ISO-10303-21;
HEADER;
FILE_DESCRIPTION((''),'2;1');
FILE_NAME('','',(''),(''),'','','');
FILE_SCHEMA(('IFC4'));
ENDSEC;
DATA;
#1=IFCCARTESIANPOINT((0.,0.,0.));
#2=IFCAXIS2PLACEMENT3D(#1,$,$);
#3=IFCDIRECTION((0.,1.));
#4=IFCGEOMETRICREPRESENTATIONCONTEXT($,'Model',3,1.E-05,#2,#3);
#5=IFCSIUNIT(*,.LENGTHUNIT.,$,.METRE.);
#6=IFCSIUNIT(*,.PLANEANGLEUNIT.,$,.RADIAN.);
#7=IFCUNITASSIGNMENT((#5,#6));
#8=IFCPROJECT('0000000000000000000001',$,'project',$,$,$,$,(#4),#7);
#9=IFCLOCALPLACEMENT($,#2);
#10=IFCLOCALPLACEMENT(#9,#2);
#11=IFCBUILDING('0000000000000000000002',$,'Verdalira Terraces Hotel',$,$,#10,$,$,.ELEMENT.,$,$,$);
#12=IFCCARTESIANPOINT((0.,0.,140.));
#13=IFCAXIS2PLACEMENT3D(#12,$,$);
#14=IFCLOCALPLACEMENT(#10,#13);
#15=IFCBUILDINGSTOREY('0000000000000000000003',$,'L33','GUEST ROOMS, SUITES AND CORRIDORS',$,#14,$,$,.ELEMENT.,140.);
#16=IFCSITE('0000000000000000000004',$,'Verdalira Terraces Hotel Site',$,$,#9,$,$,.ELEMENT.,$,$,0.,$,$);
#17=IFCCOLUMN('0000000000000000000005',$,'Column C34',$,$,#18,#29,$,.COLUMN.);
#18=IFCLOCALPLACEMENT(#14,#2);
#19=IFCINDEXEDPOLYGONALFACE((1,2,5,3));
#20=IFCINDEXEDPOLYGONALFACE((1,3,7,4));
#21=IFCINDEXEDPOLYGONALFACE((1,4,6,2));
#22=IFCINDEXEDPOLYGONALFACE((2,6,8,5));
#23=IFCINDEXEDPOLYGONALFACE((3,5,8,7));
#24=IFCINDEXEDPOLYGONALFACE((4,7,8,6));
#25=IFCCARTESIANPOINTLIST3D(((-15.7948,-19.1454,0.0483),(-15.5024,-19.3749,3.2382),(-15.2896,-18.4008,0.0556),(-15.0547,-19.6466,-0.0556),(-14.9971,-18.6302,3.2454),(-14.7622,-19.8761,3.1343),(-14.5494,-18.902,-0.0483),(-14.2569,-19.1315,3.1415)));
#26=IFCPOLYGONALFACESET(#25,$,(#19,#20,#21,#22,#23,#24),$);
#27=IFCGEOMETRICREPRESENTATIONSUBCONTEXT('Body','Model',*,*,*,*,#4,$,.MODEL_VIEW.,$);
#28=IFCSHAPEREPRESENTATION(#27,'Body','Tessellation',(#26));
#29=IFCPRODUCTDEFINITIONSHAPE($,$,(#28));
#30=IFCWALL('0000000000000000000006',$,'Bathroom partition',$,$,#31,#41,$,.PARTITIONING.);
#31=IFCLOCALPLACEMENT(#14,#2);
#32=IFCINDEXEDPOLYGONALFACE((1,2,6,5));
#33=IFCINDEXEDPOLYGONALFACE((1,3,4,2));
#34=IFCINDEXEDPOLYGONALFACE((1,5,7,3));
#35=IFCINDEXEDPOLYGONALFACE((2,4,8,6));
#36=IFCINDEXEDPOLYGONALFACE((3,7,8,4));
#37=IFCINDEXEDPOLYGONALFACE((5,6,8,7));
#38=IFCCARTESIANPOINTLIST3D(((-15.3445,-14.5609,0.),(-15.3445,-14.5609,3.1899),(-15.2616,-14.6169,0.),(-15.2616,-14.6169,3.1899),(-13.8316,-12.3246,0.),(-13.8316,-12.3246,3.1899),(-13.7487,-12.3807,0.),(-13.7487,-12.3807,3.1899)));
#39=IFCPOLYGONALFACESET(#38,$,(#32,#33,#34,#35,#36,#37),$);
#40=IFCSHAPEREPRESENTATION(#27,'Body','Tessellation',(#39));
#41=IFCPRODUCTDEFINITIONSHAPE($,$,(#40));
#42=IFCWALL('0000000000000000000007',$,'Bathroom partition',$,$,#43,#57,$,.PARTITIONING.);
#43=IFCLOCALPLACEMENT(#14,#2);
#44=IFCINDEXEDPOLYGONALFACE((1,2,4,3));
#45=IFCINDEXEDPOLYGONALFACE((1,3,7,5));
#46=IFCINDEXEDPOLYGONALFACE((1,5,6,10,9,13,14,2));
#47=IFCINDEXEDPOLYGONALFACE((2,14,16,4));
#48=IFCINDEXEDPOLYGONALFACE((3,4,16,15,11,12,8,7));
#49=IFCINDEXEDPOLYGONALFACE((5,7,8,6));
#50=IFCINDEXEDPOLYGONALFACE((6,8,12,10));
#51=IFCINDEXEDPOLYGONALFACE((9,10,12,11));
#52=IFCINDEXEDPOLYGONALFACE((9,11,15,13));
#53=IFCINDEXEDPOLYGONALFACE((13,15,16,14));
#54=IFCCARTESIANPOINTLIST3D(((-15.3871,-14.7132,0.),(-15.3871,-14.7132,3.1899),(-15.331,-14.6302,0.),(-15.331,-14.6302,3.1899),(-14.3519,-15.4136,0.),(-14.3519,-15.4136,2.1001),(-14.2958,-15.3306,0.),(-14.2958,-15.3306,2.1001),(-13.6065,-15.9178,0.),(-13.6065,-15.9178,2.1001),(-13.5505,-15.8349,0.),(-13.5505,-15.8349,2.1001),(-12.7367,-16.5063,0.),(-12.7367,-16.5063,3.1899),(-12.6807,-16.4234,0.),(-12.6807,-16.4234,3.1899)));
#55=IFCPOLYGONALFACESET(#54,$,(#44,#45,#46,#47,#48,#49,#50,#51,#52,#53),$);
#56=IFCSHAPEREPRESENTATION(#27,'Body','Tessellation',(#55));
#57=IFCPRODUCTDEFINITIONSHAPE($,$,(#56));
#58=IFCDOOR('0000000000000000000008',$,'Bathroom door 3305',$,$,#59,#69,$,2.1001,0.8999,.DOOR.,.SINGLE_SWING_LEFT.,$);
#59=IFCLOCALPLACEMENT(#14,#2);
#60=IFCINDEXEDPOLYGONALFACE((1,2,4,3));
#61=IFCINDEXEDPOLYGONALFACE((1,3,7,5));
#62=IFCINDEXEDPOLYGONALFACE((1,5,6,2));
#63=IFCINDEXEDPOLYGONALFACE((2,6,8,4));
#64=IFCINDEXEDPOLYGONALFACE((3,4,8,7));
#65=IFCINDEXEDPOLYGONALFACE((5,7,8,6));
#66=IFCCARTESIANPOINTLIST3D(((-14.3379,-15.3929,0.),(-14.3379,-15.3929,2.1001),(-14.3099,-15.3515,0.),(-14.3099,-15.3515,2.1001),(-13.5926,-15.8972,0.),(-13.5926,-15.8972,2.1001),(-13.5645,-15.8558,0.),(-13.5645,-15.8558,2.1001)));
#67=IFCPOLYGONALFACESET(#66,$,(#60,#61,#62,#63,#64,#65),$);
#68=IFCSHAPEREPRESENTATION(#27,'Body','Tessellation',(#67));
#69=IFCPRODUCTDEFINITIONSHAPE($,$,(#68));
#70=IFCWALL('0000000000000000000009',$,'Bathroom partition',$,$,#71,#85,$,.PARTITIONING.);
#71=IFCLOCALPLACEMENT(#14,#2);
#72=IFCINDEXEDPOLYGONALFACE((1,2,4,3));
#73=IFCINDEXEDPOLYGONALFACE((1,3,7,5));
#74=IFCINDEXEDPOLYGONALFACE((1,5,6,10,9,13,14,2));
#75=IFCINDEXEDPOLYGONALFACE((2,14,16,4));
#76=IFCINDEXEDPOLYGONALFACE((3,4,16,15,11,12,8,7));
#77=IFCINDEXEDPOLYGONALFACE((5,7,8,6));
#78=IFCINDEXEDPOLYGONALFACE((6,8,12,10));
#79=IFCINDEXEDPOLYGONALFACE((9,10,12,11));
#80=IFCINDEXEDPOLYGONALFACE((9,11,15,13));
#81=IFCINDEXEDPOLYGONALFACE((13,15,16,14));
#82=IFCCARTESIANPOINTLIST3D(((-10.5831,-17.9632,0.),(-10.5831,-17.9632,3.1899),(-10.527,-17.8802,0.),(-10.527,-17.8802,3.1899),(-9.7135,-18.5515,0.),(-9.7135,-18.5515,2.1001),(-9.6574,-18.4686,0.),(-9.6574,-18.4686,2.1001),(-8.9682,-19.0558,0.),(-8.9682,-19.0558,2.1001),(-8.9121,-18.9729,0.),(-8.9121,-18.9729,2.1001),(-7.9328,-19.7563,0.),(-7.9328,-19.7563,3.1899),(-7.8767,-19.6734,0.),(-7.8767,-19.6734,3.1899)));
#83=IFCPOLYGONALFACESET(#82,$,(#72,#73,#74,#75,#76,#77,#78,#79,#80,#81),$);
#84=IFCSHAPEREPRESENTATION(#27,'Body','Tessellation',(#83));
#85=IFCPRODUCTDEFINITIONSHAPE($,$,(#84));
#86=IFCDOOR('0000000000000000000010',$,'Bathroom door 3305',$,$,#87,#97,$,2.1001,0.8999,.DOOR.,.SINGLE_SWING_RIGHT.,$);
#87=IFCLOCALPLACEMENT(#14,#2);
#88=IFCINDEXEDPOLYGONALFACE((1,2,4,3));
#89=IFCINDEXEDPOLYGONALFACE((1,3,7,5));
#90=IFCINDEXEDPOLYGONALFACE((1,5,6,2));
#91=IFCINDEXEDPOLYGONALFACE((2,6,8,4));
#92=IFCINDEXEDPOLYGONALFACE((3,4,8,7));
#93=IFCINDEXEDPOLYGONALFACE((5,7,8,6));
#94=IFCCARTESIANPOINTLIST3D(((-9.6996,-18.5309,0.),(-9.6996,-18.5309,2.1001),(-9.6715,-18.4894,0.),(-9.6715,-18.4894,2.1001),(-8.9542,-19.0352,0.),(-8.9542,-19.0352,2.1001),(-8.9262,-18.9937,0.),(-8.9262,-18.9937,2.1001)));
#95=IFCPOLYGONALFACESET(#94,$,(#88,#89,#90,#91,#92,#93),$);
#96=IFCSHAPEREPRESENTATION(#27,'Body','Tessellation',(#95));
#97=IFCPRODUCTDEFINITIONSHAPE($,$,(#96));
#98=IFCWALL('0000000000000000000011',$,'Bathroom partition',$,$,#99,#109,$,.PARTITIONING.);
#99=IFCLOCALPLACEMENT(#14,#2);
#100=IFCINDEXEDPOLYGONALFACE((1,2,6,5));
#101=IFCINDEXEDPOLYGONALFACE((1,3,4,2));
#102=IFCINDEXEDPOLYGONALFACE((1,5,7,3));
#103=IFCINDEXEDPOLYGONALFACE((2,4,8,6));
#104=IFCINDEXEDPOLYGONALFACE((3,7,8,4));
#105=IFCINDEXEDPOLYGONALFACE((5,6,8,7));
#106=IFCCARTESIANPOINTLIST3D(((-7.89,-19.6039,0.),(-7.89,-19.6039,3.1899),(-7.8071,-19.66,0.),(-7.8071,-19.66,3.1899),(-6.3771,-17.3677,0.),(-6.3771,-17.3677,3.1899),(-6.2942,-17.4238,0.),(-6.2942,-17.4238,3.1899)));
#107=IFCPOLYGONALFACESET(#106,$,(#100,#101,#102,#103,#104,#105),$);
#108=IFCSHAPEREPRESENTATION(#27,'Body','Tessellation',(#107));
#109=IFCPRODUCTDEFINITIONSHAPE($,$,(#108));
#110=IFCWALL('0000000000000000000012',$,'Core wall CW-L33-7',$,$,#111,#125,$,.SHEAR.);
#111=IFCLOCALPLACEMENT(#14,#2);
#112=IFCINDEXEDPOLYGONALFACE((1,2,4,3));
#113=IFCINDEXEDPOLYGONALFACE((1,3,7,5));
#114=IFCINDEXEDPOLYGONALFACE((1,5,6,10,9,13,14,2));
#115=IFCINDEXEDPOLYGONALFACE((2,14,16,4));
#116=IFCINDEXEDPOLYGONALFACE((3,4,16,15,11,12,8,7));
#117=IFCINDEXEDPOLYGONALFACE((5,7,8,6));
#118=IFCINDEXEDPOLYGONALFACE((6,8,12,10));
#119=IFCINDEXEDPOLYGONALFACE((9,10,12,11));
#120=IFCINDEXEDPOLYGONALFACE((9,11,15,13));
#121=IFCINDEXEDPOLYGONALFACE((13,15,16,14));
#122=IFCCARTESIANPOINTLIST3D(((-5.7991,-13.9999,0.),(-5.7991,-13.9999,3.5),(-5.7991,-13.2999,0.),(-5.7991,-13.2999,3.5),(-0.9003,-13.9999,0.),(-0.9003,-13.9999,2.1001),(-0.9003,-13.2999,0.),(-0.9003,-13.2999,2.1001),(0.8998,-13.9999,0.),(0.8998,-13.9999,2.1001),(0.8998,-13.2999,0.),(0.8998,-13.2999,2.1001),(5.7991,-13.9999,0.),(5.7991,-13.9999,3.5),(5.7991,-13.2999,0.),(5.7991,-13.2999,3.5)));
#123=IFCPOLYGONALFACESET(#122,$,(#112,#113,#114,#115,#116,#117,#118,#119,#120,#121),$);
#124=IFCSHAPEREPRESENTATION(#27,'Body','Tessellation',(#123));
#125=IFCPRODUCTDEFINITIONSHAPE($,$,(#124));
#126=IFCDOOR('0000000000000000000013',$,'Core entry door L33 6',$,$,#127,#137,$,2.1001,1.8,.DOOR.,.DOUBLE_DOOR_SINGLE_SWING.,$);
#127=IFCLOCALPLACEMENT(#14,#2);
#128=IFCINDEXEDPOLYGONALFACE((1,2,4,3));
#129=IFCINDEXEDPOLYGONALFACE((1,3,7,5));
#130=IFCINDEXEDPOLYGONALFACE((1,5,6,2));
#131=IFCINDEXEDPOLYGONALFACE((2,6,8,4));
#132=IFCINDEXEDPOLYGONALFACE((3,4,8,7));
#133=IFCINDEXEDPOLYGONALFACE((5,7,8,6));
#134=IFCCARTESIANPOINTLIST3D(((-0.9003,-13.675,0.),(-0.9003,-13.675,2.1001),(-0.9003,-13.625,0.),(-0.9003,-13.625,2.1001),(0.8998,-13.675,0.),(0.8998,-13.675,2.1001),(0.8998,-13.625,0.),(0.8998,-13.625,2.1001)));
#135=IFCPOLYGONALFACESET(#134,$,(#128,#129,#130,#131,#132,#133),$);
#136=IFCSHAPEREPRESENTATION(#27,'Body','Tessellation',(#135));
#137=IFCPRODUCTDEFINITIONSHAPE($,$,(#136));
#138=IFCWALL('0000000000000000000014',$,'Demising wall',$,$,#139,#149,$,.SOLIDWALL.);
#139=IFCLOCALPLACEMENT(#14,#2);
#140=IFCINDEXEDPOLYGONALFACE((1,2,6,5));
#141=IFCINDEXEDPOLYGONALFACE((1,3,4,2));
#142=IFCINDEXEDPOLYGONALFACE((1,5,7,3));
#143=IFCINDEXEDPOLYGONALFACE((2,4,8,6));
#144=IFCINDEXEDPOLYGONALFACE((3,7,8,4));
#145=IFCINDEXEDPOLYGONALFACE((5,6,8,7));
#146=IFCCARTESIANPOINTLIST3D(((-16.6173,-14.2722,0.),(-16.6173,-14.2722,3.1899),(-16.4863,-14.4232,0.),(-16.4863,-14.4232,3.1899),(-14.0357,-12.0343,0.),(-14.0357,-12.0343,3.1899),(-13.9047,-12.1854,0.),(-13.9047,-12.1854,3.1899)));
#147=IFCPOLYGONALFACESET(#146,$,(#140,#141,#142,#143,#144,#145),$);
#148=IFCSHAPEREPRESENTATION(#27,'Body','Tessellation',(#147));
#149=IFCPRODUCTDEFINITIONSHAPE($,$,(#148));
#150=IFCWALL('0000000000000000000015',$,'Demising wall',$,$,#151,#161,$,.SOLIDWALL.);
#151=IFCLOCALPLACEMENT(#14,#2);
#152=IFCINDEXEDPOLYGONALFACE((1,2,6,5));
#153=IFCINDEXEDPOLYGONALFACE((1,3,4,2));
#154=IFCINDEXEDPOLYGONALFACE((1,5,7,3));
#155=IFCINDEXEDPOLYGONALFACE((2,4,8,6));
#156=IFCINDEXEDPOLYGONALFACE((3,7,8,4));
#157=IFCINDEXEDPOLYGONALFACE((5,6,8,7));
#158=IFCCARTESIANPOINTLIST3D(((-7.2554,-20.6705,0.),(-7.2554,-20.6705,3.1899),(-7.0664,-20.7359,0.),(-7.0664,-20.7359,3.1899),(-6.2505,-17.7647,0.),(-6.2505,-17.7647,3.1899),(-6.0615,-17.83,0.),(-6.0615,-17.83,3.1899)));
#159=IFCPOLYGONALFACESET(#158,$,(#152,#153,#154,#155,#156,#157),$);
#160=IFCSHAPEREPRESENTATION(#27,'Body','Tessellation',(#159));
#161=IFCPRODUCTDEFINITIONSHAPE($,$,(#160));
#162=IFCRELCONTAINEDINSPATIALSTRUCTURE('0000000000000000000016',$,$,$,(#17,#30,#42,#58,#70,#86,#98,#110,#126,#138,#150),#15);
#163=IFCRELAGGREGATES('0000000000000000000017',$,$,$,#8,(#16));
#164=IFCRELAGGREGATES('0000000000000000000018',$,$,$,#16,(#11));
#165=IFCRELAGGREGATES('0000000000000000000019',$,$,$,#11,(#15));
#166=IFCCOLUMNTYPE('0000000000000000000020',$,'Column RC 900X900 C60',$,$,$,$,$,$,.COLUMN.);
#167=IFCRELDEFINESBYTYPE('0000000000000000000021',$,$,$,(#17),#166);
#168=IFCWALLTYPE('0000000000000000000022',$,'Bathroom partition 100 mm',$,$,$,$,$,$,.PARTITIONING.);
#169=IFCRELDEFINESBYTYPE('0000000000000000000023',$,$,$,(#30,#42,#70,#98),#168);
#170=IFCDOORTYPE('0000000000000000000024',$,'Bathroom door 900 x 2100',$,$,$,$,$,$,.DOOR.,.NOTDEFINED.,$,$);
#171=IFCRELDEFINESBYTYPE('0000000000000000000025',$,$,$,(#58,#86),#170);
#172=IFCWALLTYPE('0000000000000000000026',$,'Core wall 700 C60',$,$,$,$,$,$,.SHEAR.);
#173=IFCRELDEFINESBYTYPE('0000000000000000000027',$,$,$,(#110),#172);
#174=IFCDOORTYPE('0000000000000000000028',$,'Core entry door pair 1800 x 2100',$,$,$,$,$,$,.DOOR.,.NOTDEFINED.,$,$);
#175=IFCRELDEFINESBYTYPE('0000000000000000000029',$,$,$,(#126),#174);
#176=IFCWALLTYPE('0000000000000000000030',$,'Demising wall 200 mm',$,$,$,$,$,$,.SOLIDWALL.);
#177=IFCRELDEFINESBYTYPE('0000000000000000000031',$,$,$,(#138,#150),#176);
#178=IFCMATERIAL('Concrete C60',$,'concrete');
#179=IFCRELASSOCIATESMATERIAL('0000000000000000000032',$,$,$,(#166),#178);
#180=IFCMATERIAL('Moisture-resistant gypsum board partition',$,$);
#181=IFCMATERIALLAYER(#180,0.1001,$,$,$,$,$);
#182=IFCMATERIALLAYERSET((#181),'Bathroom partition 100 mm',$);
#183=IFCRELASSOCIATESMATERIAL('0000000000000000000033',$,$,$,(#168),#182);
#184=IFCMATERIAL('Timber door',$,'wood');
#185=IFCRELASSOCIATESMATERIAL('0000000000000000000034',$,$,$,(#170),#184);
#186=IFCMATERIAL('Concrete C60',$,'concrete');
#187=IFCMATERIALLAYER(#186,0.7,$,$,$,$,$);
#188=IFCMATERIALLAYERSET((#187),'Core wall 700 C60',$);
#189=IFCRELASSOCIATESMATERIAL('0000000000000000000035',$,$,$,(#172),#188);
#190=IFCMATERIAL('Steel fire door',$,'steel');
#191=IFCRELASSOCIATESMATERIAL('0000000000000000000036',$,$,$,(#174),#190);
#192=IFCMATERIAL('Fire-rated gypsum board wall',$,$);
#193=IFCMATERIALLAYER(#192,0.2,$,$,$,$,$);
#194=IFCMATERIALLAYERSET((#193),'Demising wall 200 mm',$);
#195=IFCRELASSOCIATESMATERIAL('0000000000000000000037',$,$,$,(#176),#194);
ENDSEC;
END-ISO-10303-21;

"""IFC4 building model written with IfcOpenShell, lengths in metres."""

from ifc_helpers import new_model, si_unit, direction, frame, frame_2d, origin, origin_2d, place, context, subcontext, project, spatial, rectangle, extrude, material, layer, layer_set, material_profile, profile_set, type_object, element, fill, save


model = new_model("IFC4")

# Units and contexts
model_context = context("Model", 3, precision=1e-05, world=origin(), true_north=direction((0.0, 1.0)))
body_context = subcontext(model_context, "Body", "Model", "MODEL_VIEW")
ifc_project = project(units=[si_unit("LENGTHUNIT", "METRE"), si_unit("PLANEANGLEUNIT", "RADIAN")], contexts=[model_context])

# Site, building, storey
site_placement = place(None, origin())
site = spatial("IfcSite", under=ifc_project, at=site_placement, Name="Verdalira Terraces Hotel Site", CompositionType="ELEMENT", RefElevation=0.0)
building_placement = place(site_placement, origin())
building = spatial("IfcBuilding", under=site, at=building_placement, Name="Verdalira Terraces Hotel", CompositionType="ELEMENT")
storey_placement = place(building_placement, frame((0.0, 0.0, 140.0)))
storey = spatial("IfcBuildingStorey", under=building, at=storey_placement, Name="L33", Description="GUEST ROOMS, SUITES AND CORRIDORS", CompositionType="ELEMENT", Elevation=140.0)

# Column
ifc_material_1 = material(Name="Concrete C60", Category="concrete")
ifc_material_profile = material_profile(ifc_material_1, rectangle(XDim=0.8999, YDim=0.8999, at=origin_2d()), Name="RC 900X900")
ifc_profile_set = profile_set([ifc_material_profile], Name="Concrete C60")
column_type = type_object("IfcColumnType", Name="Column RC 900X900 C60", PredefinedType="COLUMN", material=ifc_profile_set)
column_placement = place(storey_placement, frame((-15.1721, -19.0237, 0.0), z_axis=(0.091072, -0.071459, 0.993277), x_axis=(-0.561476, -0.827454, -0.008048)))
element("IfcColumn", 1, at=column_placement, inside=storey, type_object=column_type, Name="Column C34", PredefinedType="COLUMN", context=body_context, shape_type="SweptSolid", body=[
    extrude(rectangle(XDim=0.8999, YDim=0.8999, at=origin_2d()), origin(), (0.0, 0.0, 1.0), 3.2114),
])

# Wall
ifc_material_2 = material(Name="Moisture-resistant gypsum board partition")
ifc_layer_1 = layer(ifc_material_2, 0.1001)
ifc_layer_set_1 = layer_set([ifc_layer_1], Name="Bathroom partition 100 mm")
wall_type_1 = type_object("IfcWallType", Name="Bathroom partition 100 mm", PredefinedType="PARTITIONING", material=ifc_layer_set_1)
wall_1_placement = place(storey_placement, frame((-13.79, -12.3525, 0.0), z_axis=(0.0, 0.0, 1.0), x_axis=(-0.560342, -0.828261, 0.0)))
element("IfcWall", 2, at=wall_1_placement, inside=storey, type_object=wall_type_1, Name="Bathroom partition", PredefinedType="PARTITIONING", context=body_context, shape_type="SweptSolid", body=[
    extrude(rectangle(XDim=2.7, YDim=0.1001, at=frame_2d((1.3501, 0.0))), origin(), (0.0, 0.0, 1.0), 3.1899),
])

# Walls, openings, doors
wall_2_placement = place(storey_placement, frame((-15.3591, -14.6716, 0.0), z_axis=(0.0, 0.0, 1.0), x_axis=(0.82824, -0.560374, 0.0)))
wall_2 = element("IfcWall", 3, at=wall_2_placement, inside=storey, type_object=wall_type_1, Name="Bathroom partition", PredefinedType="PARTITIONING", context=body_context, shape_type="SweptSolid", body=[
    extrude(rectangle(XDim=3.2, YDim=0.1001, at=frame_2d((1.6001, 0.0))), origin(), (0.0, 0.0, 1.0), 3.1899),
])
opening_1_placement = place(wall_2_placement, frame((1.25, 0.0, 0.0)))
opening_1 = element("IfcOpeningElement", 4, at=opening_1_placement, cuts=wall_2, PredefinedType="OPENING", context=body_context, shape_type="SweptSolid", body=[
    extrude(rectangle(XDim=0.8999, YDim=2.1001, at=frame_2d((0.45, 1.05))), frame((0.0, 0.0601, 0.0), z_axis=(0.0, -1.0, 0.0), x_axis=(1.0, 0.0, 0.0)), (0.0, 0.0, 1.0), 0.1201),
])
ifc_material_3 = material(Name="Timber door", Category="wood")
door_type_1 = type_object("IfcDoorType", Name="Bathroom door 900 x 2100", OperationType="NOTDEFINED", PredefinedType="DOOR", material=ifc_material_3)
door_1_placement = place(opening_1_placement, origin())
door_1 = element("IfcDoor", 5, at=door_1_placement, inside=storey, type_object=door_type_1, Name="Bathroom door 3305", OperationType="SINGLE_SWING_LEFT", OverallHeight=2.1001, OverallWidth=0.8999, PredefinedType="DOOR", context=body_context, shape_type="SweptSolid", body=[
    extrude(rectangle(XDim=0.8999, YDim=2.1001, at=frame_2d((0.45, 1.05))), frame((0.0, 0.0249, 0.0), z_axis=(0.0, -1.0, 0.0), x_axis=(1.0, 0.0, 0.0)), (0.0, 0.0, 1.0), 0.05),
])
fill(opening_1, door_1)
wall_3_placement = place(storey_placement, frame((-10.5552, -17.9216, 0.0), z_axis=(0.0, 0.0, 1.0), x_axis=(0.82824, -0.560374, 0.0)))
wall_3 = element("IfcWall", 6, at=wall_3_placement, inside=storey, type_object=wall_type_1, Name="Bathroom partition", PredefinedType="PARTITIONING", context=body_context, shape_type="SweptSolid", body=[
    extrude(rectangle(XDim=3.2, YDim=0.1001, at=frame_2d((1.6001, 0.0))), origin(), (0.0, 0.0, 1.0), 3.1899),
])
opening_2_placement = place(wall_3_placement, frame((1.05, 0.0, 0.0)))
opening_2 = element("IfcOpeningElement", 7, at=opening_2_placement, cuts=wall_3, PredefinedType="OPENING", context=body_context, shape_type="SweptSolid", body=[
    extrude(rectangle(XDim=0.8999, YDim=2.1001, at=frame_2d((0.45, 1.05))), frame((0.0, 0.0601, 0.0), z_axis=(0.0, -1.0, 0.0), x_axis=(1.0, 0.0, 0.0)), (0.0, 0.0, 1.0), 0.1201),
])
door_2_placement = place(opening_2_placement, origin())
door_2 = element("IfcDoor", 8, at=door_2_placement, inside=storey, type_object=door_type_1, Name="Bathroom door 3305", OperationType="SINGLE_SWING_RIGHT", OverallHeight=2.1001, OverallWidth=0.8999, PredefinedType="DOOR", context=body_context, shape_type="SweptSolid", body=[
    extrude(rectangle(XDim=0.8999, YDim=2.1001, at=frame_2d((0.45, 1.05))), frame((0.0, 0.0249, 0.0), z_axis=(0.0, -1.0, 0.0), x_axis=(1.0, 0.0, 0.0)), (0.0, 0.0, 1.0), 0.05),
])
fill(opening_2, door_2)

# Wall
wall_4_placement = place(storey_placement, frame((-7.8486, -19.6321, 0.0), z_axis=(0.0, 0.0, 1.0), x_axis=(0.560342, 0.828261, 0.0)))
element("IfcWall", 9, at=wall_4_placement, inside=storey, type_object=wall_type_1, Name="Bathroom partition", PredefinedType="PARTITIONING", context=body_context, shape_type="SweptSolid", body=[
    extrude(rectangle(XDim=2.7, YDim=0.1001, at=frame_2d((1.3501, 0.0))), origin(), (0.0, 0.0, 1.0), 3.1899),
])

# Wall, opening, door
ifc_material_4 = material(Name="Concrete C60", Category="concrete")
ifc_layer_2 = layer(ifc_material_4, 0.7)
ifc_layer_set_2 = layer_set([ifc_layer_2], Name="Core wall 700 C60")
wall_type_2 = type_object("IfcWallType", Name="Core wall 700 C60", PredefinedType="SHEAR", material=ifc_layer_set_2)
wall_5_placement = place(storey_placement, frame((-5.7991, -13.6499, 0.0), z_axis=(0.0, 0.0, 1.0), x_axis=(1.0, 0.0, 0.0)))
wall_5 = element("IfcWall", 10, at=wall_5_placement, inside=storey, type_object=wall_type_2, Name="Core wall CW-L33-7", PredefinedType="SHEAR", context=body_context, shape_type="SweptSolid", body=[
    extrude(rectangle(XDim=11.5981, YDim=0.7, at=frame_2d((5.7991, 0.0))), origin(), (0.0, 0.0, 1.0), 3.5),
])
opening_3_placement = place(wall_5_placement, frame((4.8989, 0.0, 0.0)))
opening_3 = element("IfcOpeningElement", 11, at=opening_3_placement, cuts=wall_5, PredefinedType="OPENING", context=body_context, shape_type="SweptSolid", body=[
    extrude(rectangle(XDim=1.8, YDim=2.1001, at=frame_2d((0.8999, 1.05))), frame((0.0, 0.3599, 0.0), z_axis=(0.0, -1.0, 0.0), x_axis=(1.0, 0.0, 0.0)), (0.0, 0.0, 1.0), 0.72),
])
ifc_material_5 = material(Name="Steel fire door", Category="steel")
door_type_2 = type_object("IfcDoorType", Name="Core entry door pair 1800 x 2100", OperationType="NOTDEFINED", PredefinedType="DOOR", material=ifc_material_5)
door_3_placement = place(opening_3_placement, origin())
door_3 = element("IfcDoor", 12, at=door_3_placement, inside=storey, type_object=door_type_2, Name="Core entry door L33 6", OperationType="DOUBLE_DOOR_SINGLE_SWING", OverallHeight=2.1001, OverallWidth=1.8, PredefinedType="DOOR", context=body_context, shape_type="SweptSolid", body=[
    extrude(rectangle(XDim=1.8, YDim=2.1001, at=frame_2d((0.8999, 1.05))), frame((0.0, 0.0249, 0.0), z_axis=(0.0, -1.0, 0.0), x_axis=(1.0, 0.0, 0.0)), (0.0, 0.0, 1.0), 0.05),
])
fill(opening_3, door_3)

# Walls
ifc_material_6 = material(Name="Fire-rated gypsum board wall")
ifc_layer_3 = layer(ifc_material_6, 0.2)
ifc_layer_set_3 = layer_set([ifc_layer_3], Name="Demising wall 200 mm")
wall_type_3 = type_object("IfcWallType", Name="Demising wall 200 mm", PredefinedType="SOLIDWALL", material=ifc_layer_set_3)
wall_6_placement = place(storey_placement, frame((-13.9702, -12.1099, 0.0), z_axis=(0.0, 0.0, 1.0), x_axis=(-0.755623, -0.655007, 0.0)))
element("IfcWall", 13, at=wall_6_placement, inside=storey, type_object=wall_type_3, Name="Demising wall", PredefinedType="SOLIDWALL", context=body_context, shape_type="SweptSolid", body=[
    extrude(rectangle(XDim=3.4165, YDim=0.2, at=frame_2d((1.7083, 0.0))), origin(), (0.0, 0.0, 1.0), 3.1899),
])
wall_7_placement = place(storey_placement, frame((-6.156, -17.7974, 0.0), z_axis=(0.0, 0.0, 1.0), x_axis=(-0.326832, -0.945082, 0.0)))
element("IfcWall", 14, at=wall_7_placement, inside=storey, type_object=wall_type_3, Name="Demising wall", PredefinedType="SOLIDWALL", context=body_context, shape_type="SweptSolid", body=[
    extrude(rectangle(XDim=3.0747, YDim=0.2, at=frame_2d((1.5374, 0.0))), origin(), (0.0, 0.0, 1.0), 3.1899),
])

save(model, "model.ifc")
